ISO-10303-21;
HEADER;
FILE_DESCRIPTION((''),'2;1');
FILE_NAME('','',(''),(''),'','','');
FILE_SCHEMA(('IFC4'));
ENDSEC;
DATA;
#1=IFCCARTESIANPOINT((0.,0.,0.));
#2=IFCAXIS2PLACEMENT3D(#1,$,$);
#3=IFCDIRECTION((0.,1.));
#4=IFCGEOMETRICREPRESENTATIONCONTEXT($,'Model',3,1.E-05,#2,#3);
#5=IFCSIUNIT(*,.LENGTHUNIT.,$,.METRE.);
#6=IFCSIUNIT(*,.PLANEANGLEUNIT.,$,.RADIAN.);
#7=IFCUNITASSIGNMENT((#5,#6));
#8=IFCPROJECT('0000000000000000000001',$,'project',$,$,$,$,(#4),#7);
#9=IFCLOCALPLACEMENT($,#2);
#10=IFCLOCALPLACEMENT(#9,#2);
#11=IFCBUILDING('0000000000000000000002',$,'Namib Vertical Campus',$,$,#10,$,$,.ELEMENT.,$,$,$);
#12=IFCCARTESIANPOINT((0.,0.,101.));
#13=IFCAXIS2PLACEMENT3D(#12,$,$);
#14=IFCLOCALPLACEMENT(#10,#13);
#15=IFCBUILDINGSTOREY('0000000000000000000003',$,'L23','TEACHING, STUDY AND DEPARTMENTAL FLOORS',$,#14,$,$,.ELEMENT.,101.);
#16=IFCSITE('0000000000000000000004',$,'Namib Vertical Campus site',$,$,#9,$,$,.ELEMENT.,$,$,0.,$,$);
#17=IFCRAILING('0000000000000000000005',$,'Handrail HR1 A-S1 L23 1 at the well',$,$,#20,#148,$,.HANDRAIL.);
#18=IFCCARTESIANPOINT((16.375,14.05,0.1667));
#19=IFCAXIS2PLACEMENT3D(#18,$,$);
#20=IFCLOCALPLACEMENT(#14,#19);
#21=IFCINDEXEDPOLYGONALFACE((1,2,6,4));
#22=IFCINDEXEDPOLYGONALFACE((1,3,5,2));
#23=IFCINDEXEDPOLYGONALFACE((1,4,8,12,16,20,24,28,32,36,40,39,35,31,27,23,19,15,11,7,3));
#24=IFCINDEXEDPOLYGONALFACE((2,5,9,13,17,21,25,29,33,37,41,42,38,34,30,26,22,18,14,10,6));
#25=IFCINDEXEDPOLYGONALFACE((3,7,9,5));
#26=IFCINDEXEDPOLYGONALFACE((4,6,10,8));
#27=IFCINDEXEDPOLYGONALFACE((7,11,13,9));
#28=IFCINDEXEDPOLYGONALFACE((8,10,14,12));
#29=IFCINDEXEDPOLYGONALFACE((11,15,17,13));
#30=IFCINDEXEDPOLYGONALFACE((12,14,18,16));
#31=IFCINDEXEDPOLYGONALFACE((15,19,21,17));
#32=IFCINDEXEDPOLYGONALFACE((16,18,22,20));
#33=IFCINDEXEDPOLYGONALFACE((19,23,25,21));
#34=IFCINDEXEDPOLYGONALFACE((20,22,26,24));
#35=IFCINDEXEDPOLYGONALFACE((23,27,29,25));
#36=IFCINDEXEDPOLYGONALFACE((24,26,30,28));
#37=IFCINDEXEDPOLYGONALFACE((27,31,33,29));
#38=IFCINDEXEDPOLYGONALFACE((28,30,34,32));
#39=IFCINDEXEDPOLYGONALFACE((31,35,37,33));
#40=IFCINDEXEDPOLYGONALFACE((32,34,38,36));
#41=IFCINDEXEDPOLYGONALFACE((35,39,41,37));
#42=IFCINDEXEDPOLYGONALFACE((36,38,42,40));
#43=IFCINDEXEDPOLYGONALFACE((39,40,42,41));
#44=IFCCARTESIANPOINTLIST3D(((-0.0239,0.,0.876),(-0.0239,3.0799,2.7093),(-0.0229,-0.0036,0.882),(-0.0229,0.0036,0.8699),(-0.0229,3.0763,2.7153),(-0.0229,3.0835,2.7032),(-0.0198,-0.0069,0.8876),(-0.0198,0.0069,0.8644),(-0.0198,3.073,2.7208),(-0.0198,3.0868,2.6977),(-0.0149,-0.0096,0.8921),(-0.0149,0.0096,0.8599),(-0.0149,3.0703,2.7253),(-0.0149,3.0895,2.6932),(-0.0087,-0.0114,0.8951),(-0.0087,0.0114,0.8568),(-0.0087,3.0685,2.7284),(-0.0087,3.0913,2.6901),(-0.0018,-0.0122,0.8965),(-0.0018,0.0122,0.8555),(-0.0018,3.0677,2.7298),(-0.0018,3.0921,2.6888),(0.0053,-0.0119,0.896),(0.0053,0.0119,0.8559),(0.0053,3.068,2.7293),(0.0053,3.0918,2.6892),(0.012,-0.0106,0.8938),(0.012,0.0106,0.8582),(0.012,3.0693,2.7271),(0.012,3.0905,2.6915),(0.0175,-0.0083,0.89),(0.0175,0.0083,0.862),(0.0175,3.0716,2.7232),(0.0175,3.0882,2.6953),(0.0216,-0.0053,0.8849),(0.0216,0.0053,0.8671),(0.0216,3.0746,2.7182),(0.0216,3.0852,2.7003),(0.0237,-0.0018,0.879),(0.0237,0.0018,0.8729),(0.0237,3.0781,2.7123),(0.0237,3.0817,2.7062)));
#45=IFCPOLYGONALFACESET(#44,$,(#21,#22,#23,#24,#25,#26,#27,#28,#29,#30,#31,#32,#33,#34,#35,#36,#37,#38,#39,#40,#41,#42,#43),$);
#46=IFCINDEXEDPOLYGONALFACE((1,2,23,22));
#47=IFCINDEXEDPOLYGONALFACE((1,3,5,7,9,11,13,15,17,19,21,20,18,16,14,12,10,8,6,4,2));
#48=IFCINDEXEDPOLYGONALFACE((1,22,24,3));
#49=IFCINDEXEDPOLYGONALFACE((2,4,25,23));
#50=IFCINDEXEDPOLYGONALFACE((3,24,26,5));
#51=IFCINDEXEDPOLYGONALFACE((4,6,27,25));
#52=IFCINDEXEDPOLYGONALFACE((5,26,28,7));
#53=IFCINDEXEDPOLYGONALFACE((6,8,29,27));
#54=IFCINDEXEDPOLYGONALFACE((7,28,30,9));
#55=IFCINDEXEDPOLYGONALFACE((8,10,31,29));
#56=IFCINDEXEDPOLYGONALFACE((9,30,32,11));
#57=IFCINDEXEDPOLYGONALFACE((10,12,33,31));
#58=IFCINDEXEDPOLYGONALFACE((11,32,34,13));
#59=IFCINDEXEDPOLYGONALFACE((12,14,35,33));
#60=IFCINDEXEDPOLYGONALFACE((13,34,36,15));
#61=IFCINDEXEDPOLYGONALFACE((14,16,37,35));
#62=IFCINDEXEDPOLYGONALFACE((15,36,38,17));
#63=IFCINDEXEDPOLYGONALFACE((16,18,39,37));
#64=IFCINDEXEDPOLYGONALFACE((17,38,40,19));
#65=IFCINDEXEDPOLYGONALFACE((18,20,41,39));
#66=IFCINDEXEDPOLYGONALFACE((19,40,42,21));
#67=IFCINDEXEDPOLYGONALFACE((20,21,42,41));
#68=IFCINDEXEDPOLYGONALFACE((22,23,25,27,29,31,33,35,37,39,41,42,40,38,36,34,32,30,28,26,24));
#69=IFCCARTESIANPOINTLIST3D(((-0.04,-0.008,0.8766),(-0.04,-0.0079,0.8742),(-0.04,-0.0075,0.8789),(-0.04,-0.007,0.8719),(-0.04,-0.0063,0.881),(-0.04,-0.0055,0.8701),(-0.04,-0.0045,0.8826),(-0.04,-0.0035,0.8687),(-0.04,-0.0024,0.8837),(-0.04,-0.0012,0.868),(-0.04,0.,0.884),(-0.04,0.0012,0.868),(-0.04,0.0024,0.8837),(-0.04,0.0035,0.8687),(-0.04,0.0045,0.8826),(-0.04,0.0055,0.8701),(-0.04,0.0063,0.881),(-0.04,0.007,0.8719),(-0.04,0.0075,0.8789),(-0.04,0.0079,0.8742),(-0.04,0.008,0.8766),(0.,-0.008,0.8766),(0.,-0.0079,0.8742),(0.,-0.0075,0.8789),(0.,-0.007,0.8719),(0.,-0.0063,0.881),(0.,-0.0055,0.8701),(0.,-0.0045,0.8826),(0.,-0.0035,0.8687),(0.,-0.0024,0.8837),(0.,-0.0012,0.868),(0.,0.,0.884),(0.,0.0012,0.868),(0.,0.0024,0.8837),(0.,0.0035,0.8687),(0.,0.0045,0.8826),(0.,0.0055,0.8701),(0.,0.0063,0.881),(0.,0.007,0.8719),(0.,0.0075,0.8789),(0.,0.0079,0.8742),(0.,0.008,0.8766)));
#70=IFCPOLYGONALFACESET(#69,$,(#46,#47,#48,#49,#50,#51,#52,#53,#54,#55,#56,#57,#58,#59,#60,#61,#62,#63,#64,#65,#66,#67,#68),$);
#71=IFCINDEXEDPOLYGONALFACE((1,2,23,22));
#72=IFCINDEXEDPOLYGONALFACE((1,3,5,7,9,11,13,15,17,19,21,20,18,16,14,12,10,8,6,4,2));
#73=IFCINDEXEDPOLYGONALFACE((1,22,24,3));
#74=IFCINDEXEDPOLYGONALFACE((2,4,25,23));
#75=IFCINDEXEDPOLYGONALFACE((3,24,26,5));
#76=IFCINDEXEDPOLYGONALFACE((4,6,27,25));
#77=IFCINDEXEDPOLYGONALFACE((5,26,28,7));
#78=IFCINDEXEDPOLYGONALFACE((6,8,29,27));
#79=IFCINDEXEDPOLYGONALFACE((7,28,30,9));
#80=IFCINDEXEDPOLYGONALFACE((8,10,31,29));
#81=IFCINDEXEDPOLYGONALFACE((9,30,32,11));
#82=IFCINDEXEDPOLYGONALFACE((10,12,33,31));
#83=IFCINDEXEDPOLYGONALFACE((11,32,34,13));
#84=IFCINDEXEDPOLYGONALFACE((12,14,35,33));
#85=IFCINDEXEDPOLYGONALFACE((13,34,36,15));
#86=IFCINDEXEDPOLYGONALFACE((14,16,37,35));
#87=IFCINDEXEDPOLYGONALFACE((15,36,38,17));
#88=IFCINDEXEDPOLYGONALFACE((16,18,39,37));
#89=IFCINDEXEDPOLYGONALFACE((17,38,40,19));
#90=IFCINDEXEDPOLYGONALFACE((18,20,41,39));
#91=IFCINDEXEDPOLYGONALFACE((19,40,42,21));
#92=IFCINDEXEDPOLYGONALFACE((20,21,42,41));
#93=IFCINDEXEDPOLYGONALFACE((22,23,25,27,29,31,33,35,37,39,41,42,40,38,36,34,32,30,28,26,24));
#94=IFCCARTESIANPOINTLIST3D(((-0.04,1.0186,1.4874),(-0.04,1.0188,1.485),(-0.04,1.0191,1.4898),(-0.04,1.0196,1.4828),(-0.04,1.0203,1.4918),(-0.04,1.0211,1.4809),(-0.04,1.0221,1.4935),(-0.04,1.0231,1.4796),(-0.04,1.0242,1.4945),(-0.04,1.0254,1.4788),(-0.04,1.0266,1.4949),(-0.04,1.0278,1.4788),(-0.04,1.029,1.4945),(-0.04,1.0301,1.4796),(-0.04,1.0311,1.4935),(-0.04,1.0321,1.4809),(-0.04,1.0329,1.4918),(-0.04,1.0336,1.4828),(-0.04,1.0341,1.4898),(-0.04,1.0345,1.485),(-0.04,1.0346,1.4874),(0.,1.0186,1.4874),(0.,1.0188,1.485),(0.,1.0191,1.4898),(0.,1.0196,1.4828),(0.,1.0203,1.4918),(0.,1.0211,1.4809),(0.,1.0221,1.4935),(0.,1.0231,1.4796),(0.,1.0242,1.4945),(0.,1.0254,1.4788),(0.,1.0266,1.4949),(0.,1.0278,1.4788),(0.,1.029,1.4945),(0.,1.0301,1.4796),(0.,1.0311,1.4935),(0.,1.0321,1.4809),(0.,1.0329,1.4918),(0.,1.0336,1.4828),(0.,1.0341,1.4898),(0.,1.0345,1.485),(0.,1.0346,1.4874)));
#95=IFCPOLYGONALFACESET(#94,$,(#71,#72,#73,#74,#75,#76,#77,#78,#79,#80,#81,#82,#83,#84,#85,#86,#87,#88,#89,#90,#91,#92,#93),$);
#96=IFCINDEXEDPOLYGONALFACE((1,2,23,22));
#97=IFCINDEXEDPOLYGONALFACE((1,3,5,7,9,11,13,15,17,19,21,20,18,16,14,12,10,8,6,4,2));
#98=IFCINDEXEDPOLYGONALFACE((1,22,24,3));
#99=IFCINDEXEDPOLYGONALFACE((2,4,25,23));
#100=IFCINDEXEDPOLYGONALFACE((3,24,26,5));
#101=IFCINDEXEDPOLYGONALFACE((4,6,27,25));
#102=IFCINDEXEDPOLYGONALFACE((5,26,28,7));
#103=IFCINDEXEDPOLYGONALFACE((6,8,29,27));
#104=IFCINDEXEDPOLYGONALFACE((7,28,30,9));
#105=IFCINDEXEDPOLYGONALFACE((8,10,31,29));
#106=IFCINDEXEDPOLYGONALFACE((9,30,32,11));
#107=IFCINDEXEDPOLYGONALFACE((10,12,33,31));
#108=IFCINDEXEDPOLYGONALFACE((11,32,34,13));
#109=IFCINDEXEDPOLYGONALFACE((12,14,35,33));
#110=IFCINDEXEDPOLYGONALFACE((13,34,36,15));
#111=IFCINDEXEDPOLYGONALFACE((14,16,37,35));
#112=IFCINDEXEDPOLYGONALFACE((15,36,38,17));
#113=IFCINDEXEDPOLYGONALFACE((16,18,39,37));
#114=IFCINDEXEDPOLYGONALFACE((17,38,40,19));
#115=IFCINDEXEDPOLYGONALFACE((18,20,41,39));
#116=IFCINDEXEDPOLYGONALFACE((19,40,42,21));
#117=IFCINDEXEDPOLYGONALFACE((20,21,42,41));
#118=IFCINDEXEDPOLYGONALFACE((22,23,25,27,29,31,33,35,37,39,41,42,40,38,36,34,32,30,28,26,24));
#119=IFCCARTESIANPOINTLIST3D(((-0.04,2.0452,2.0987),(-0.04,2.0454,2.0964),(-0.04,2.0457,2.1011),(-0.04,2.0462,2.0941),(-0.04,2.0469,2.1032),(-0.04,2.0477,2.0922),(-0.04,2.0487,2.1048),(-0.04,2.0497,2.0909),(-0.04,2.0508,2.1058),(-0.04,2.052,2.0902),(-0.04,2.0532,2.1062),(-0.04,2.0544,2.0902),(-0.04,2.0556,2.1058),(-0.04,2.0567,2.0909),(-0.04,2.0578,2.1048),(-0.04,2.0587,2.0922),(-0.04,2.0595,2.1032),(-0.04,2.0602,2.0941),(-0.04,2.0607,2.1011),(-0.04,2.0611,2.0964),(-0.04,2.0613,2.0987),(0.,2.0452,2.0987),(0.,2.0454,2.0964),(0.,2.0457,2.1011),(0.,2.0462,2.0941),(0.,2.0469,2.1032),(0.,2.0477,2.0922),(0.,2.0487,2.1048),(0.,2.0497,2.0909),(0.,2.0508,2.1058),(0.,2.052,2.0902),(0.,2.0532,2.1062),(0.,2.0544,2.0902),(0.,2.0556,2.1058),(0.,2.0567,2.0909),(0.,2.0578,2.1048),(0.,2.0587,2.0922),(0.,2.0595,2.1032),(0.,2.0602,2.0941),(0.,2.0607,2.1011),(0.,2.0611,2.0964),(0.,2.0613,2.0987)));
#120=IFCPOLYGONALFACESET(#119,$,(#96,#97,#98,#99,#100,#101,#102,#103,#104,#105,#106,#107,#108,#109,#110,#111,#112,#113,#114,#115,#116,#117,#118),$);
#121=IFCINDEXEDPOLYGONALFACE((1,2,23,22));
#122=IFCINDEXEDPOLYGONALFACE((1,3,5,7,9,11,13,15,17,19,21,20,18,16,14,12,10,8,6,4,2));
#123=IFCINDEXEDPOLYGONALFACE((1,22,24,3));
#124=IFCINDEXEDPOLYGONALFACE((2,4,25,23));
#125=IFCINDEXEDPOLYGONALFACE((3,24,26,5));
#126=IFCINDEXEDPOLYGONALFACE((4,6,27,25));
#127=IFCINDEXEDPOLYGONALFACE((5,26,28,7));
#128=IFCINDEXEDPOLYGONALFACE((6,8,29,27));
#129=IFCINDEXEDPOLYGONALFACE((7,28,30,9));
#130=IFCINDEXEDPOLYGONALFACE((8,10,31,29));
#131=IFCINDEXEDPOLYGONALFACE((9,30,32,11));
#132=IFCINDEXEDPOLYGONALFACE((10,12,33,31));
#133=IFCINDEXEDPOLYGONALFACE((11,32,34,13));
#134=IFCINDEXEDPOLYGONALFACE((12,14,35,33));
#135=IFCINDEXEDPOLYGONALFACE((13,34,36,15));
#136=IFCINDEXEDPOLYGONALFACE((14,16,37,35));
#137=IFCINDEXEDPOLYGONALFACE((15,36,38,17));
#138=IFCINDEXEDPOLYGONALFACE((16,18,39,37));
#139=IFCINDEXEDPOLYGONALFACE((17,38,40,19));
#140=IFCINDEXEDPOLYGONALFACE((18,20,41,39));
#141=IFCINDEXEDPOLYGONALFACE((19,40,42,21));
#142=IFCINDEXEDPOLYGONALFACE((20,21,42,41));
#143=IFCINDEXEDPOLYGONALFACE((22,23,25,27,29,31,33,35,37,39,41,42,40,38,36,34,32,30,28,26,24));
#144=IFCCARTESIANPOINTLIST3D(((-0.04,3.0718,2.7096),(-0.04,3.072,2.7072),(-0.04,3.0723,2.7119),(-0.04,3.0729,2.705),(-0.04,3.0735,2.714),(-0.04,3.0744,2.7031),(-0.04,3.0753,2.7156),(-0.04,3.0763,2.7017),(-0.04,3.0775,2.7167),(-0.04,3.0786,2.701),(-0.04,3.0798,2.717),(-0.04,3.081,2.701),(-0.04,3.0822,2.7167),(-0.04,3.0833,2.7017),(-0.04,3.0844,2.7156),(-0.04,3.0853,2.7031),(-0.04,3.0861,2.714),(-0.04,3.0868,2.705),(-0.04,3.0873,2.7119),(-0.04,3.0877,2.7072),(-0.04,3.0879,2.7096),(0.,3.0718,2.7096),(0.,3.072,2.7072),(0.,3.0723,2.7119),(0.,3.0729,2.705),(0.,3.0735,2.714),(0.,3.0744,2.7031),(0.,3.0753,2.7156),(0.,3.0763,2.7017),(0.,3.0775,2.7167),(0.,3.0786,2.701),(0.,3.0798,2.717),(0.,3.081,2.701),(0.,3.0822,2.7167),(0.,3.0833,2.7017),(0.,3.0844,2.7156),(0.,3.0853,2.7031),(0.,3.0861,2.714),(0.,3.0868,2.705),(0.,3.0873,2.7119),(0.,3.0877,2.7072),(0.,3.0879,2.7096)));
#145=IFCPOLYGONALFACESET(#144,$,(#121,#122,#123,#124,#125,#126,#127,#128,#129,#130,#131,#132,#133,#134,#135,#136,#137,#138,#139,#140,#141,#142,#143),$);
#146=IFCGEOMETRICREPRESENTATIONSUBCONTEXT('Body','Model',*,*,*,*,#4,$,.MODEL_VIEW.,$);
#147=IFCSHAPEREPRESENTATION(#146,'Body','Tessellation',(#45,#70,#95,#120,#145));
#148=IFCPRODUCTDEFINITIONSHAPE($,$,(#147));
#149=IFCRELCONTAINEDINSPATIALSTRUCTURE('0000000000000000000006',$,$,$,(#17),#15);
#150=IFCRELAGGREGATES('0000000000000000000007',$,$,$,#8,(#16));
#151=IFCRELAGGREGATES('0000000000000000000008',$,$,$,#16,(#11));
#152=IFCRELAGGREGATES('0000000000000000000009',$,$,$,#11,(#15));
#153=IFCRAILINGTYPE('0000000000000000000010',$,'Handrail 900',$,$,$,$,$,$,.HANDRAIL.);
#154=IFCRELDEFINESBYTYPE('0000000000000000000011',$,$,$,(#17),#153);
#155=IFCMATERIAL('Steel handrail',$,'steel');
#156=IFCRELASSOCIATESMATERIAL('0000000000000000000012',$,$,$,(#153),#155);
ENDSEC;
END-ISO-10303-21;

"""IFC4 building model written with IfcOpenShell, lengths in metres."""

from ifc_helpers import new_model, si_unit, direction, frame, origin, origin_2d, place, context, subcontext, project, spatial, circle, extrude, material, type_object, element, save


model = new_model("IFC4")

# Units and contexts
model_context = context("Model", 3, precision=1e-05, world=origin(), true_north=direction((0.0, 1.0)))
body_context = subcontext(model_context, "Body", "Model", "MODEL_VIEW")
ifc_project = project(units=[si_unit("LENGTHUNIT", "METRE"), si_unit("PLANEANGLEUNIT", "RADIAN")], contexts=[model_context])

# Site, building, storey
site_placement = place(None, origin())
site = spatial("IfcSite", under=ifc_project, at=site_placement, Name="Namib Vertical Campus site", CompositionType="ELEMENT", RefElevation=0.0)
building_placement = place(site_placement, origin())
building = spatial("IfcBuilding", under=site, at=building_placement, Name="Namib Vertical Campus", CompositionType="ELEMENT")
storey_placement = place(building_placement, frame((0.0, 0.0, 101.0)))
storey = spatial("IfcBuildingStorey", under=building, at=storey_placement, Name="L23", Description="TEACHING, STUDY AND DEPARTMENTAL FLOORS", CompositionType="ELEMENT", Elevation=101.0)

# Railing
ifc_material_1 = material(Name="Steel handrail", Category="steel")
railing_type_1 = type_object("IfcRailingType", Name="Handrail 900", PredefinedType="HANDRAIL", material=ifc_material_1)
railing_1_placement = place(storey_placement, frame((16.375, 14.05, 0.1667)))
element("IfcRailing", 1, at=railing_1_placement, inside=storey, type_object=railing_type_1, Name="Handrail HR1 A-S1 L23 1 at the well", PredefinedType="HANDRAIL", context=body_context, shape_type="SweptSolid", body=[
    extrude(circle(Radius=0.0239, at=origin_2d()), frame((0.0, 0.0, 0.876), z_axis=(0.0, 0.859291, 0.511487), x_axis=(-1.0, 0.0, 0.0)), (0.0, 0.0, 1.0), 3.5842),
    extrude(circle(Radius=0.0081, at=origin_2d()), frame((0.0, 0.0, 0.876), z_axis=(-1.0, 0.0, 0.0), x_axis=(0.0, 0.0, 1.0)), (0.0, 0.0, 1.0), 0.04),
    extrude(circle(Radius=0.0081, at=origin_2d()), frame((0.0, 1.0266, 1.4868), z_axis=(-1.0, 0.0, 0.0), x_axis=(0.0, 0.0, 1.0)), (0.0, 0.0, 1.0), 0.04),
    extrude(circle(Radius=0.0081, at=origin_2d()), frame((0.0, 2.0532, 2.0981), z_axis=(-1.0, 0.0, 0.0), x_axis=(0.0, 0.0, 1.0)), (0.0, 0.0, 1.0), 0.04),
    extrude(circle(Radius=0.0081, at=origin_2d()), frame((0.0, 3.0798, 2.709), z_axis=(-1.0, 0.0, 0.0), x_axis=(0.0, 0.0, 1.0)), (0.0, 0.0, 1.0), 0.04),
])

save(model, "model.ifc")
